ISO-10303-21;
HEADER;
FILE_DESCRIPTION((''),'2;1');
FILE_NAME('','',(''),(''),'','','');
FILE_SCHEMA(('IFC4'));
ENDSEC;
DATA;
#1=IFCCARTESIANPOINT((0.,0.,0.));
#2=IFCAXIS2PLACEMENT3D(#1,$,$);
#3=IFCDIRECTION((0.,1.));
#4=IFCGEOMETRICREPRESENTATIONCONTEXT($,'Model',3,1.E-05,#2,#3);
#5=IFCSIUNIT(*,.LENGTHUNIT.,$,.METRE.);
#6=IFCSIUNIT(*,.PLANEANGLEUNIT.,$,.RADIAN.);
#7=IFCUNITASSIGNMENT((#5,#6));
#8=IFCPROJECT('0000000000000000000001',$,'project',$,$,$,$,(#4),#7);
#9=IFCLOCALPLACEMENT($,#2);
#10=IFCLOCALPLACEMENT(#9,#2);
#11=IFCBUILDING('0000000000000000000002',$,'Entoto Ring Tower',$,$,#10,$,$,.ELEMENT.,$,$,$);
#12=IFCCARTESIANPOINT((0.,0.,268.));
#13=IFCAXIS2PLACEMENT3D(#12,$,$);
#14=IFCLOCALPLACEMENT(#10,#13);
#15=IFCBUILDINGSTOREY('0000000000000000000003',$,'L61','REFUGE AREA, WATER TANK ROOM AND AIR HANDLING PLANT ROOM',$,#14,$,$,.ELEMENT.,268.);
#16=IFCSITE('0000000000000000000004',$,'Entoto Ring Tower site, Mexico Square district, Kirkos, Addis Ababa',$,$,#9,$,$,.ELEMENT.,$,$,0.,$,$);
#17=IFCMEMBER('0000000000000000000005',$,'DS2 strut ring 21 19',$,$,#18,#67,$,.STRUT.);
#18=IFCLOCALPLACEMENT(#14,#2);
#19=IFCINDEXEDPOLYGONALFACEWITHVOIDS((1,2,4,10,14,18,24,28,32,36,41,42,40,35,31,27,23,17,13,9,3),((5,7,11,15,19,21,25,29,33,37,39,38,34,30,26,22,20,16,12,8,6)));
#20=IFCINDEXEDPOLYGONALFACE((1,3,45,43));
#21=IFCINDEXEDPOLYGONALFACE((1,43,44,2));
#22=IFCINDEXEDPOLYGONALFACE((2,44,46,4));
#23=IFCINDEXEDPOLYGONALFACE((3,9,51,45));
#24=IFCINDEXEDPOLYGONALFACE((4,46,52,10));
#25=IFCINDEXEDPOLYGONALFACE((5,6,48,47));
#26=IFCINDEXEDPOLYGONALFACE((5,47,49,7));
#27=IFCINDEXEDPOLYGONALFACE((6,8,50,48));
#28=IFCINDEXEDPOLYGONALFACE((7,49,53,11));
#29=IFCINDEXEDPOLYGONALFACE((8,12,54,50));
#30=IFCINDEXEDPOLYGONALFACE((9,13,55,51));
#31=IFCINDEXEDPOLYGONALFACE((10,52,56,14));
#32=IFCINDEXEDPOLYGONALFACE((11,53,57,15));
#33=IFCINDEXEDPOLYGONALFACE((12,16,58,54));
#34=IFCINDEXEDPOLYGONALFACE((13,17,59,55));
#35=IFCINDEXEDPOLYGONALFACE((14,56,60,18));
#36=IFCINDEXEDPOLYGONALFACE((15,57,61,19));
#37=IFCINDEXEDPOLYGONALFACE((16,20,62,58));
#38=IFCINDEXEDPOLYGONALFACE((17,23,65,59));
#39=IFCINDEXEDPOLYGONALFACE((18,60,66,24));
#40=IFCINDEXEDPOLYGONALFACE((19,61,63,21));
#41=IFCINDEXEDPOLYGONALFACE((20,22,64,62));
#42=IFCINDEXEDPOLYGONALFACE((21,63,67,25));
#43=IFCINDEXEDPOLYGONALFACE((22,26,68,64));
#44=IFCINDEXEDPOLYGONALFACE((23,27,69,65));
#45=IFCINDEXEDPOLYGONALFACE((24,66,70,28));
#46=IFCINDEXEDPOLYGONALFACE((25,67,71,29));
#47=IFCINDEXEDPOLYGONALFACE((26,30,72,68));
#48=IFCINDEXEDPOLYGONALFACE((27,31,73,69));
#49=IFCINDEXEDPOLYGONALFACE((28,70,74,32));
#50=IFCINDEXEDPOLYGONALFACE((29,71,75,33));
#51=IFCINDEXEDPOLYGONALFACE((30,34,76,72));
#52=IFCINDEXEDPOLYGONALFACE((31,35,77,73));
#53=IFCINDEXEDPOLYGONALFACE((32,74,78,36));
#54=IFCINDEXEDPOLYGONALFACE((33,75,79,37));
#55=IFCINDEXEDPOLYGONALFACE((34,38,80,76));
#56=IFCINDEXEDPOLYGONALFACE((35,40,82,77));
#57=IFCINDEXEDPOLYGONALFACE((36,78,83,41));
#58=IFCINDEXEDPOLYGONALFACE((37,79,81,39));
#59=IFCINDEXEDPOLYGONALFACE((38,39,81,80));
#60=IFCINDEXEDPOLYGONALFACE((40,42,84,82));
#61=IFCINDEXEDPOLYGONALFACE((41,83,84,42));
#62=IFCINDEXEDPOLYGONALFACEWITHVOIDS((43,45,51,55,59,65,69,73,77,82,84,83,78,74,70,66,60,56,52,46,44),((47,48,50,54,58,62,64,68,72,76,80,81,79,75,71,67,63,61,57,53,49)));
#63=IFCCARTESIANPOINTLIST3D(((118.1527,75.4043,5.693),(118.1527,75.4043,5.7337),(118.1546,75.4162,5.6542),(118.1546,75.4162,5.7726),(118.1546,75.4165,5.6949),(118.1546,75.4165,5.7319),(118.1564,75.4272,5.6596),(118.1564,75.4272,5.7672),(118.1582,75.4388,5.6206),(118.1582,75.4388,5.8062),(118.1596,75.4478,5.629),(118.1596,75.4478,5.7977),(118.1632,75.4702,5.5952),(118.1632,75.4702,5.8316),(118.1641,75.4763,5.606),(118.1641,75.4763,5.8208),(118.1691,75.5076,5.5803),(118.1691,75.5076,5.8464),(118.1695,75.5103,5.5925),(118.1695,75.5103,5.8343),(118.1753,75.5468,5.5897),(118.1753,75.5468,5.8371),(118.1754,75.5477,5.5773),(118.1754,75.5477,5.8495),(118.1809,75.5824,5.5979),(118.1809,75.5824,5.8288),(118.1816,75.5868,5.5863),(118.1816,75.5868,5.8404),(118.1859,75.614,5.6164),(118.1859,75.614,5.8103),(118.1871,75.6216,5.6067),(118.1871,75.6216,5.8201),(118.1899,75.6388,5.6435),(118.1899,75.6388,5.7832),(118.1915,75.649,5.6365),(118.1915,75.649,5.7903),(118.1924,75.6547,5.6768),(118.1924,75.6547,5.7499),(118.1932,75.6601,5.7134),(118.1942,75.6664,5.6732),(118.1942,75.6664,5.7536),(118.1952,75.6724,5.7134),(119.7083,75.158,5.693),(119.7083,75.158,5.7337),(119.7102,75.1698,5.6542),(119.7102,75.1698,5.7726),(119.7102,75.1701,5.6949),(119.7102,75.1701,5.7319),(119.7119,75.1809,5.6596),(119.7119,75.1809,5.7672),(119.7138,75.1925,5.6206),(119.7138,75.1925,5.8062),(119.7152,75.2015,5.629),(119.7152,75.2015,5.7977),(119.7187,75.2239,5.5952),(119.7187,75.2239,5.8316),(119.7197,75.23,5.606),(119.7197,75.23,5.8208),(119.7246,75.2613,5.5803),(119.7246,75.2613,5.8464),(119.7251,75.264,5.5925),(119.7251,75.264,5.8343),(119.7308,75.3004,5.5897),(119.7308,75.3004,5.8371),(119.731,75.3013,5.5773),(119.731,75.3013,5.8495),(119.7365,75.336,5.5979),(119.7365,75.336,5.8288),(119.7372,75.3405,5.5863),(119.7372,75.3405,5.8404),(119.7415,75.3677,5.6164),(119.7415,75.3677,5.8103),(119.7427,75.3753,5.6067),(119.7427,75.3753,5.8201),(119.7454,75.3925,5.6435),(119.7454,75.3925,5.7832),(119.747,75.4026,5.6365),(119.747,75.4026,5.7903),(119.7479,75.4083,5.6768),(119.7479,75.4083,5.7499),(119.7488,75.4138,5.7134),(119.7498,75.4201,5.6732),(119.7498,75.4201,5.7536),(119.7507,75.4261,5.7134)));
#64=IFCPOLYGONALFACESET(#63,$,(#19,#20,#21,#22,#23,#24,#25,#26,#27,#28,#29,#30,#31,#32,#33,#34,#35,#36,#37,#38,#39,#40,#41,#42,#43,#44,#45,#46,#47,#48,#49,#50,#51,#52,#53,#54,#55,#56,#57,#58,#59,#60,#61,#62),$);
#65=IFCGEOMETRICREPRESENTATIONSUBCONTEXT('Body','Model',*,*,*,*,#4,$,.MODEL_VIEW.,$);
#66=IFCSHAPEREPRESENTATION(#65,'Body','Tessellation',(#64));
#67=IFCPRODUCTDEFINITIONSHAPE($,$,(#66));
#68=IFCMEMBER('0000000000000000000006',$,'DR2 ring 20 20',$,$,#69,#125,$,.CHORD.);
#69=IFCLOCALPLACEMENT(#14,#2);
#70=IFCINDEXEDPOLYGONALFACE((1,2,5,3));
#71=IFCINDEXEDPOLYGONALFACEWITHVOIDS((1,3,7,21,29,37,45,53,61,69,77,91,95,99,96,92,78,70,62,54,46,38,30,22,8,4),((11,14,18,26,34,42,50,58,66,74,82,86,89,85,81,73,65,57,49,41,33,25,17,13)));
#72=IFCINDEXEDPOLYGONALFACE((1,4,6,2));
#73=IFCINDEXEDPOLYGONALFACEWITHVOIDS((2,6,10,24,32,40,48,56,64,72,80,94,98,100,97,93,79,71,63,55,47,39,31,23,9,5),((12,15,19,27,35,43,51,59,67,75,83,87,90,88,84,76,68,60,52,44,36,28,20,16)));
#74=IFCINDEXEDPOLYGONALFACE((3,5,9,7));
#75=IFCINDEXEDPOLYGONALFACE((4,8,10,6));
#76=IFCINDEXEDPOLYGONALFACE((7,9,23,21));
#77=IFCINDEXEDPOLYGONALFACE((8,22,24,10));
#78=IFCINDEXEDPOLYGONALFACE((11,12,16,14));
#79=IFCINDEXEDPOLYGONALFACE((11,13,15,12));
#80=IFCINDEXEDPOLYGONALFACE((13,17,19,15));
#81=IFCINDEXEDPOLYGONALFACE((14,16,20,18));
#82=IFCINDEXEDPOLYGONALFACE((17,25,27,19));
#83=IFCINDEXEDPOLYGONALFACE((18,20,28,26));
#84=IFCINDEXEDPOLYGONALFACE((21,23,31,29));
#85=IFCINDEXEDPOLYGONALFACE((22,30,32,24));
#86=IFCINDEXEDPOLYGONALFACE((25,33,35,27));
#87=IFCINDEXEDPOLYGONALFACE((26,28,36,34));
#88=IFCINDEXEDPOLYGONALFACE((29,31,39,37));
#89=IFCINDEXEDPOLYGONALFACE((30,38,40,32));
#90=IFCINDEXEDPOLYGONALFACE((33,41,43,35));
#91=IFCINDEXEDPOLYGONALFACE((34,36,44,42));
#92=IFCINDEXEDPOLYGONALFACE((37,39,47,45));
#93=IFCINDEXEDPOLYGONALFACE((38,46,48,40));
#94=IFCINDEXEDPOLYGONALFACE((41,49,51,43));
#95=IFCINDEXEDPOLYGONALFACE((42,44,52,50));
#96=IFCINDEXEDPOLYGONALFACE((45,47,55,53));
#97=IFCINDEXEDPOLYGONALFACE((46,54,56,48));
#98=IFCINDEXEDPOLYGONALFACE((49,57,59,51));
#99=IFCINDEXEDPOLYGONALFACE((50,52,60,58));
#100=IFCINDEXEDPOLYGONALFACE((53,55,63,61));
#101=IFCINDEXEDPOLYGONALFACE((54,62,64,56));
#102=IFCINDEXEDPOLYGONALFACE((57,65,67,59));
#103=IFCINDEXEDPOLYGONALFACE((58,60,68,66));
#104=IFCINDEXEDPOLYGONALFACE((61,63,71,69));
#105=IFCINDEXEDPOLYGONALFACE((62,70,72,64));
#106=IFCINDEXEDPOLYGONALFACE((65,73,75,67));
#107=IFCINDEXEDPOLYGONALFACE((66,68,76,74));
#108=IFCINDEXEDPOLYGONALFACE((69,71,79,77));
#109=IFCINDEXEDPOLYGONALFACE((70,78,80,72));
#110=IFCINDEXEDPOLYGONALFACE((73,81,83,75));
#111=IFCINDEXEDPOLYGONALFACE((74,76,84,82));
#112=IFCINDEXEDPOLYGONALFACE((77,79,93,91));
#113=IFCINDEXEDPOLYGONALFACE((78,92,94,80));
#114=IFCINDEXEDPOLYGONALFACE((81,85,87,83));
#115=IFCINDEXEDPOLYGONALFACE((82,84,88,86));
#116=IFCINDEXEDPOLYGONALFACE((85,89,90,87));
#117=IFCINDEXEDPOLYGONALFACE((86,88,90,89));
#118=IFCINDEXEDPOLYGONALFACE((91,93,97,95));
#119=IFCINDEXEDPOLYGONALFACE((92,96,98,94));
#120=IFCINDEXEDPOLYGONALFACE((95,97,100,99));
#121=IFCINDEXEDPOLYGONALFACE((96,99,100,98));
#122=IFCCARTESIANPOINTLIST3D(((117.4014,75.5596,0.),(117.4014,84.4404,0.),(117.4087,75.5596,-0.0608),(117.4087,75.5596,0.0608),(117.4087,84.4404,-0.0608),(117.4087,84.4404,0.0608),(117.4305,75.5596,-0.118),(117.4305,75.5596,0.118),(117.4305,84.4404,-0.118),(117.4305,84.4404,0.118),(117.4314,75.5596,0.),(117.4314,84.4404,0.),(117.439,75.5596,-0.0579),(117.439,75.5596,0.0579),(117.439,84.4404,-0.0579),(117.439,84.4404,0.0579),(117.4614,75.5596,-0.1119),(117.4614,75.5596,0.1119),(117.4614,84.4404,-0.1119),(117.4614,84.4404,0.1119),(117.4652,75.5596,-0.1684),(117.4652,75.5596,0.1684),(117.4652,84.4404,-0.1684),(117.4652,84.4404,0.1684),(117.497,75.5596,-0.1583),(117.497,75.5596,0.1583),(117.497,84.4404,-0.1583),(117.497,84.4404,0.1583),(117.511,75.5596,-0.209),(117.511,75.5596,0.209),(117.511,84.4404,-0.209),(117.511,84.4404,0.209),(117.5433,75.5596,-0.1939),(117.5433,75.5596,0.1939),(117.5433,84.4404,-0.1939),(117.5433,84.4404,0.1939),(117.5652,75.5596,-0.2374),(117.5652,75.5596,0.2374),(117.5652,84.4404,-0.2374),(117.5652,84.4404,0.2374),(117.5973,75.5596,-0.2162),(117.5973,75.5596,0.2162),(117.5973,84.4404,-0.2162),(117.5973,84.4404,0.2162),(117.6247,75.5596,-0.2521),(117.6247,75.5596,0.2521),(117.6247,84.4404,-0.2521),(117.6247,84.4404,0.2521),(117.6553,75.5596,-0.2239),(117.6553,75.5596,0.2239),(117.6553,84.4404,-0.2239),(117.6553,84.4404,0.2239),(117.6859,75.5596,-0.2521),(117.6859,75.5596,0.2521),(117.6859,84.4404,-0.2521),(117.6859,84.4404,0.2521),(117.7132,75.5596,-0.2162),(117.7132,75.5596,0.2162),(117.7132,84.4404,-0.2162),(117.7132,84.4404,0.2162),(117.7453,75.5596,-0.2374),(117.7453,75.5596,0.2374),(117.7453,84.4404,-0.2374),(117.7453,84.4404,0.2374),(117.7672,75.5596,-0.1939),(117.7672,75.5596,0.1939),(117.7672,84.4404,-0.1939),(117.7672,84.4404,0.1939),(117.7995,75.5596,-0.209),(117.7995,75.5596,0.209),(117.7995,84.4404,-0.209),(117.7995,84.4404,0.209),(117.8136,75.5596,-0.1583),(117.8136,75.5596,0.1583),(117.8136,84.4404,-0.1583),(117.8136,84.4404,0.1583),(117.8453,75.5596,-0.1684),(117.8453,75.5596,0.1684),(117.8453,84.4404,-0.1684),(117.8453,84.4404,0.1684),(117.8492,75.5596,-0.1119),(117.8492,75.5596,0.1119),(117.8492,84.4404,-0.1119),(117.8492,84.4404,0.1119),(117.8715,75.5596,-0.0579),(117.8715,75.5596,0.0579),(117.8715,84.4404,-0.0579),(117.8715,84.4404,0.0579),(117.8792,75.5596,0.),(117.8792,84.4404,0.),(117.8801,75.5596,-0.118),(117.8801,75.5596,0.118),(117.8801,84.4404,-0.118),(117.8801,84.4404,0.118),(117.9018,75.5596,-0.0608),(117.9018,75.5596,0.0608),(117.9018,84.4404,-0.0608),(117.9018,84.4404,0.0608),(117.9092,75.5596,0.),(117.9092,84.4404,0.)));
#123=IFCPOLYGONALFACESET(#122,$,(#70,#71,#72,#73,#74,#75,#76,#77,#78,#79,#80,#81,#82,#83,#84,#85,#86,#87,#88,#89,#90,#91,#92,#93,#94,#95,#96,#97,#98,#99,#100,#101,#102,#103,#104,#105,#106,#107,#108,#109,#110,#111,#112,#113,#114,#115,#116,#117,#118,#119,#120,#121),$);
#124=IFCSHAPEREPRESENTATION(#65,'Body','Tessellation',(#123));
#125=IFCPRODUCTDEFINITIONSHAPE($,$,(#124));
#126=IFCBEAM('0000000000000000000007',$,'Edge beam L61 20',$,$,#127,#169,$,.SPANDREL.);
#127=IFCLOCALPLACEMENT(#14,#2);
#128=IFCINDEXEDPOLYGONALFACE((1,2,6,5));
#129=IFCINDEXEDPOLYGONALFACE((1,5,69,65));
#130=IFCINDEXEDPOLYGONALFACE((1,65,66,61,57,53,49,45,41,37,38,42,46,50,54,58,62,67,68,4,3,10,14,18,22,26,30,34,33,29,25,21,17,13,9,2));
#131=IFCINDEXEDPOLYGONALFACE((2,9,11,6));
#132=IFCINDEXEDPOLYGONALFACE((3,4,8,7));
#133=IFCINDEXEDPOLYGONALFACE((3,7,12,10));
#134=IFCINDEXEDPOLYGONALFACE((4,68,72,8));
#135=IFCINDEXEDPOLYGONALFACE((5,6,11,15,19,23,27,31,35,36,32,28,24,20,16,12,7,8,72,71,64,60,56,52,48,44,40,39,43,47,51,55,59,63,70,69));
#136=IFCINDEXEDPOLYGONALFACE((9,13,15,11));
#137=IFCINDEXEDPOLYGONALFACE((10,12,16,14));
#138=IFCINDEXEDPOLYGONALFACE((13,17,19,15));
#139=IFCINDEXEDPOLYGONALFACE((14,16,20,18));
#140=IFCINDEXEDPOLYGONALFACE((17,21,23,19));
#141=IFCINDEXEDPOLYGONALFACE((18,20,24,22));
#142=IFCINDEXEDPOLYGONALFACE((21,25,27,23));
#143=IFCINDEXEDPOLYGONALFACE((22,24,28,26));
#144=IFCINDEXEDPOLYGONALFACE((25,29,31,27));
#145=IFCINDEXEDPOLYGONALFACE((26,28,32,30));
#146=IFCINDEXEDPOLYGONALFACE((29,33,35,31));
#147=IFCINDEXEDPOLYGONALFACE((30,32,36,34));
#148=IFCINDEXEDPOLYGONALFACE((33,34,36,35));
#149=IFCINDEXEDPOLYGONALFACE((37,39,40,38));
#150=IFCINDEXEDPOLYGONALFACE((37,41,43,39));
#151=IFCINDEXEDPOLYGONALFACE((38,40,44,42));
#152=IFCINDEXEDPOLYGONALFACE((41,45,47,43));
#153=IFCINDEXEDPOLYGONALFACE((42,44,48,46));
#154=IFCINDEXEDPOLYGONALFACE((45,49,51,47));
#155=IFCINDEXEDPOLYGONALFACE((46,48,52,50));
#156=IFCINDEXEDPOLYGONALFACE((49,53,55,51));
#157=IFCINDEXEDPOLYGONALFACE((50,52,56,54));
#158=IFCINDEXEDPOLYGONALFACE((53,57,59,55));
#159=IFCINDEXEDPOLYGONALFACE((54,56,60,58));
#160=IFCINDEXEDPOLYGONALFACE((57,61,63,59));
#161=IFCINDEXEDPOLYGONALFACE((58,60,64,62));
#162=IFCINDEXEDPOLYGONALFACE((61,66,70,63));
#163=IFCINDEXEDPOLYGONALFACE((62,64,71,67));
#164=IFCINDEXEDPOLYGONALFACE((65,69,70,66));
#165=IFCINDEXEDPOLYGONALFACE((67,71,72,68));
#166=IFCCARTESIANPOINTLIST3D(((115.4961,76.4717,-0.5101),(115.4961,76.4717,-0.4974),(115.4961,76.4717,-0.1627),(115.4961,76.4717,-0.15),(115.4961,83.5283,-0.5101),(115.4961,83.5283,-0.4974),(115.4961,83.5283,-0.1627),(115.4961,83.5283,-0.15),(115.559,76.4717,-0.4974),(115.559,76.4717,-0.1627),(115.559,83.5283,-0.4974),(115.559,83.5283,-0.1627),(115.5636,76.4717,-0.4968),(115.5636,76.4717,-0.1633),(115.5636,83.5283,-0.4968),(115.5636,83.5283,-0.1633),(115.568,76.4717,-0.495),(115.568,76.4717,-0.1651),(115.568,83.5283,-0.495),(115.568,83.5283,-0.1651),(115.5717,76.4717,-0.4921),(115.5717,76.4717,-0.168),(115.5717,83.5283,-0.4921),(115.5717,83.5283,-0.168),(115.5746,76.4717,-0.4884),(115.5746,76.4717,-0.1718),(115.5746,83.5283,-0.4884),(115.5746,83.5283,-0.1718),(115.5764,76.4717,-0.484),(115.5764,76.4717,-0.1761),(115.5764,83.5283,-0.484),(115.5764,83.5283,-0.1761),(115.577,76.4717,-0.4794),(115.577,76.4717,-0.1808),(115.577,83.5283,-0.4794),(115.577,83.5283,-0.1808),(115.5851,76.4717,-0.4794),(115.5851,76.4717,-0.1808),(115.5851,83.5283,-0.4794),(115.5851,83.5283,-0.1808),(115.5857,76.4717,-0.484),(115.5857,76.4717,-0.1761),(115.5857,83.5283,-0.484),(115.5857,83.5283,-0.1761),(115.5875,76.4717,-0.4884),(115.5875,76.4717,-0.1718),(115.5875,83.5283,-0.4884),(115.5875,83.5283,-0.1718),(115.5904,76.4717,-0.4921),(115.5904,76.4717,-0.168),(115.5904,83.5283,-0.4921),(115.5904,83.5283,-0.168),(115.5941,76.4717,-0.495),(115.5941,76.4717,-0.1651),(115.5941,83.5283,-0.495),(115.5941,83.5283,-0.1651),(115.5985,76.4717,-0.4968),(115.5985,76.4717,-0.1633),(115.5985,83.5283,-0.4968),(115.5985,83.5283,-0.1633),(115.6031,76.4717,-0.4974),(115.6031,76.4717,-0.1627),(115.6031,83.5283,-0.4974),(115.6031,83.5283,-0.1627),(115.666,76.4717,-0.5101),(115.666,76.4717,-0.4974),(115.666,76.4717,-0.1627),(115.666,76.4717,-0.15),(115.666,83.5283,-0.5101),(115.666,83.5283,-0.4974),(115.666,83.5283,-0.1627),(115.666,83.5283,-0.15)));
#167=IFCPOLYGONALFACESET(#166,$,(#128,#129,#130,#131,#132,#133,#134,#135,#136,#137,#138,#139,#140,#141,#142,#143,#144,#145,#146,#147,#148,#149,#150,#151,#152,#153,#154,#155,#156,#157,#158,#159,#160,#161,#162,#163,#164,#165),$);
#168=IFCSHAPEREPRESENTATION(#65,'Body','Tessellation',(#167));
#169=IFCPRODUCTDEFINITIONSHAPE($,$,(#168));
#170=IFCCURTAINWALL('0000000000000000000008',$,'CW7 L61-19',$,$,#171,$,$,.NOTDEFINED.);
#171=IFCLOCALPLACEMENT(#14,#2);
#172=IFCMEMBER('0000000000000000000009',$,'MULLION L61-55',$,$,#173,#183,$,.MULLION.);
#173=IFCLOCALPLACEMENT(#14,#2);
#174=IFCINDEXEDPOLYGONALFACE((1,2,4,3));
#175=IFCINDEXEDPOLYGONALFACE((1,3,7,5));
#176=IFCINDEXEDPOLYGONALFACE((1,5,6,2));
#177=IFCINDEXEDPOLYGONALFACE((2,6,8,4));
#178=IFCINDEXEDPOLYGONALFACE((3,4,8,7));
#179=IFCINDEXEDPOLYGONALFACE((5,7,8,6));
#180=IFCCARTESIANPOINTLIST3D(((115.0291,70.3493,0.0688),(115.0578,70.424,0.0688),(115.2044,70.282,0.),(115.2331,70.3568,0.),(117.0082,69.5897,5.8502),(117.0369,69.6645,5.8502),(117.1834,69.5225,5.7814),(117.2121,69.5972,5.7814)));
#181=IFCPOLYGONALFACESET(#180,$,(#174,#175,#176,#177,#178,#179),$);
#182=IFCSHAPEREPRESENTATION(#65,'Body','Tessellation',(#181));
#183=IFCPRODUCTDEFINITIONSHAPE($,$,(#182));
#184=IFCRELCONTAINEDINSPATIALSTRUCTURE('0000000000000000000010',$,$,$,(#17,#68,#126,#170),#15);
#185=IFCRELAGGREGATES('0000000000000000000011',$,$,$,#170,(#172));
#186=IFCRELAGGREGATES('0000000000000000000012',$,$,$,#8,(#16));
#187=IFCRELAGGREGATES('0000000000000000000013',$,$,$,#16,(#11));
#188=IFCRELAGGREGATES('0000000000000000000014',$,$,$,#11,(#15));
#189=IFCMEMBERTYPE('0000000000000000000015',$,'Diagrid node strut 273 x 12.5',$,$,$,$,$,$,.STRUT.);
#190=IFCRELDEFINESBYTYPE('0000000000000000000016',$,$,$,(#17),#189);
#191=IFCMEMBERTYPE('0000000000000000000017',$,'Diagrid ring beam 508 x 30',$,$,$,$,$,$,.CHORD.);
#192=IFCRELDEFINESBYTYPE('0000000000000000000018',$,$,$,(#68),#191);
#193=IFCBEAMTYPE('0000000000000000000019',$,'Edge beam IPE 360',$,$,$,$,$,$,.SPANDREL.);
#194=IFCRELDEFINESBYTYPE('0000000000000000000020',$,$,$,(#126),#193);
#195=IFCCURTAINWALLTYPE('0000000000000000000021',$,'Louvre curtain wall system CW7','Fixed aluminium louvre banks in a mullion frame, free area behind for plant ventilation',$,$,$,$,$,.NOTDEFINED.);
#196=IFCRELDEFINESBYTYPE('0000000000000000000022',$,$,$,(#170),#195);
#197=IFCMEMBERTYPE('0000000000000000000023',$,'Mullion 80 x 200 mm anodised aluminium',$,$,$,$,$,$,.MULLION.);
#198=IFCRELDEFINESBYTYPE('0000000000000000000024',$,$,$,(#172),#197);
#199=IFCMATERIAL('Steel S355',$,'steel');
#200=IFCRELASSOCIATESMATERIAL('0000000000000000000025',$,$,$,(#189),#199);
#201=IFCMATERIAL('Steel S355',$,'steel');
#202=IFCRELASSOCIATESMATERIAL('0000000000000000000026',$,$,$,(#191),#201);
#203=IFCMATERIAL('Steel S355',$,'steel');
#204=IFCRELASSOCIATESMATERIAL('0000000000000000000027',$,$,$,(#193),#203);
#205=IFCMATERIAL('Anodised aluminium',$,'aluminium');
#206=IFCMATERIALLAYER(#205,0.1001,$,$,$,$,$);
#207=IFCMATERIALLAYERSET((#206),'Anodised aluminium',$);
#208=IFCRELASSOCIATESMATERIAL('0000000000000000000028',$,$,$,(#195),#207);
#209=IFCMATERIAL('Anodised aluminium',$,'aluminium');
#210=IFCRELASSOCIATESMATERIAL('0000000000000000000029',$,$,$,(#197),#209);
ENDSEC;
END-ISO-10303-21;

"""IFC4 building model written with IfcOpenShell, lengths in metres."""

from ifc_helpers import new_model, si_unit, direction, frame, origin, origin_2d, place, context, subcontext, project, spatial, rectangle, circle, hollow_circle, i_section, extrude, material, layer, layer_set, material_profile, profile_set, type_object, element, aggregate, save


model = new_model("IFC4")

# Units and contexts
model_context = context("Model", 3, precision=1e-05, world=origin(), true_north=direction((0.0, 1.0)))
body_context = subcontext(model_context, "Body", "Model", "MODEL_VIEW")
ifc_project = project(units=[si_unit("LENGTHUNIT", "METRE"), si_unit("PLANEANGLEUNIT", "RADIAN")], contexts=[model_context])

# Site, building, storey
site_placement = place(None, origin())
site = spatial("IfcSite", under=ifc_project, at=site_placement, Name="Entoto Ring Tower site, Mexico Square district, Kirkos, Addis Ababa", CompositionType="ELEMENT", RefElevation=0.0)
building_placement = place(site_placement, origin())
building = spatial("IfcBuilding", under=site, at=building_placement, Name="Entoto Ring Tower", CompositionType="ELEMENT")
storey_placement = place(building_placement, frame((0.0, 0.0, 268.0)))
storey = spatial("IfcBuildingStorey", under=building, at=storey_placement, Name="L61", Description="REFUGE AREA, WATER TANK ROOM AND AIR HANDLING PLANT ROOM", CompositionType="ELEMENT", Elevation=268.0)

# Members
ifc_material_1 = material(Name="Steel S355", Category="steel")
ifc_material_profile_1 = material_profile(ifc_material_1, hollow_circle(Radius=0.1365, WallThickness=0.0125, at=origin_2d()), Name="CHS 273 x 12.5")
ifc_material_2 = material(Name="Concrete C60/75", Category="concrete")
ifc_material_profile_2 = material_profile(ifc_material_2, circle(Radius=0.124, at=origin_2d()), Name="Concrete C60/75 infill")
ifc_profile_set_1 = profile_set([ifc_material_profile_1, ifc_material_profile_2], Name="Steel S355")
member_type_1 = type_object("IfcMemberType", Name="Diagrid node strut 273 x 12.5", PredefinedType="STRUT", material=ifc_profile_set_1)
member_1_placement = place(storey_placement, frame((118.1738, 75.5376, 5.7134), z_axis=(0.987694, -0.1564, 0.0), x_axis=(0.1564, 0.987694, 0.0)))
element("IfcMember", 1, at=member_1_placement, inside=storey, type_object=member_type_1, Name="DS2 strut ring 21 19", PredefinedType="STRUT", context=body_context, shape_type="SweptSolid", body=[
    extrude(hollow_circle(Radius=0.1365, WallThickness=0.0125, at=origin_2d()), origin(), (0.0, 0.0, 1.0), 1.575),
])
ifc_material_3 = material(Name="Steel S355", Category="steel")
ifc_material_profile_3 = material_profile(ifc_material_3, hollow_circle(Radius=0.2539, WallThickness=0.03, at=origin_2d()), Name="CHS 508 x 30")
ifc_material_4 = material(Name="Concrete C60/75", Category="concrete")
ifc_material_profile_4 = material_profile(ifc_material_4, circle(Radius=0.2241, at=origin_2d()), Name="Concrete C60/75 infill")
ifc_profile_set_2 = profile_set([ifc_material_profile_3, ifc_material_profile_4], Name="Steel S355")
member_type_2 = type_object("IfcMemberType", Name="Diagrid ring beam 508 x 30", PredefinedType="CHORD", material=ifc_profile_set_2)
member_2_placement = place(storey_placement, frame((117.6553, 75.5596, 0.0), z_axis=(0.0, 1.0, 0.0), x_axis=(-1.0, 0.0, 0.0)))
element("IfcMember", 2, at=member_2_placement, inside=storey, type_object=member_type_2, Name="DR2 ring 20 20", PredefinedType="CHORD", context=body_context, shape_type="SweptSolid", body=[
    extrude(hollow_circle(Radius=0.2539, WallThickness=0.03, at=origin_2d()), origin(), (0.0, 0.0, 1.0), 8.8809),
])

# Beam
ifc_material_5 = material(Name="Steel S355", Category="steel")
ifc_material_profile_5 = material_profile(ifc_material_5, i_section(OverallWidth=0.1699, OverallDepth=0.3601, WebThickness=0.0081, FlangeThickness=0.0127, FilletRadius=0.0181, at=origin_2d()), Name="IPE 360")
ifc_profile_set_3 = profile_set([ifc_material_profile_5], Name="Steel S355")
beam_type_1 = type_object("IfcBeamType", Name="Edge beam IPE 360", PredefinedType="SPANDREL", material=ifc_profile_set_3)
beam_1_placement = place(storey_placement, frame((115.5811, 76.4717, -0.3301), z_axis=(0.0, 1.0, 0.0), x_axis=(-1.0, 0.0, 0.0)))
element("IfcBeam", 3, at=beam_1_placement, inside=storey, type_object=beam_type_1, Name="Edge beam L61 20", PredefinedType="SPANDREL", context=body_context, shape_type="SweptSolid", body=[
    extrude(i_section(OverallWidth=0.1699, OverallDepth=0.3601, WebThickness=0.0081, FlangeThickness=0.0127, FilletRadius=0.0181, at=origin_2d()), origin(), (0.0, 0.0, 1.0), 7.0566),
])

# Curtain wall, member
ifc_material_6 = material(Name="Anodised aluminium", Category="aluminium")
ifc_layer_1 = layer(ifc_material_6, 0.1001)
ifc_layer_set_1 = layer_set([ifc_layer_1], Name="Anodised aluminium")
curtain_wall_type = type_object("IfcCurtainWallType", Name="Louvre curtain wall system CW7", Description="Fixed aluminium louvre banks in a mullion frame, free area behind for plant ventilation", PredefinedType="NOTDEFINED", material=ifc_layer_set_1)
curtain_wall_1_placement = place(storey_placement, origin())
curtain_wall_1 = element("IfcCurtainWall", 4, at=curtain_wall_1_placement, inside=storey, type_object=curtain_wall_type, Name="CW7 L61-19", PredefinedType="NOTDEFINED")
ifc_material_7 = material(Name="Anodised aluminium", Category="aluminium")
ifc_material_profile_6 = material_profile(ifc_material_7, rectangle(XDim=0.0801, YDim=0.2, at=origin_2d()), Name="Mullion 80 x 200 mm anodised aluminium")
ifc_profile_set_4 = profile_set([ifc_material_profile_6], Name="Anodised aluminium")
member_type_3 = type_object("IfcMemberType", Name="Mullion 80 x 200 mm anodised aluminium", PredefinedType="MULLION", material=ifc_profile_set_4)
member_3_placement = place(storey_placement, frame((115.1311, 70.353, 0.0344), z_axis=(0.321391, -0.123347, 0.938879), x_axis=(0.358308, 0.933604, 0.0)))
member_3 = element("IfcMember", 5, at=member_3_placement, type_object=member_type_3, Name="MULLION L61-55", PredefinedType="MULLION", context=body_context, shape_type="SweptSolid", body=[
    extrude(rectangle(XDim=0.0801, YDim=0.2, at=origin_2d()), origin(), (0.0, 0.0, 1.0), 6.1577),
])
aggregate(curtain_wall_1, [member_3])

save(model, "model.ifc")
